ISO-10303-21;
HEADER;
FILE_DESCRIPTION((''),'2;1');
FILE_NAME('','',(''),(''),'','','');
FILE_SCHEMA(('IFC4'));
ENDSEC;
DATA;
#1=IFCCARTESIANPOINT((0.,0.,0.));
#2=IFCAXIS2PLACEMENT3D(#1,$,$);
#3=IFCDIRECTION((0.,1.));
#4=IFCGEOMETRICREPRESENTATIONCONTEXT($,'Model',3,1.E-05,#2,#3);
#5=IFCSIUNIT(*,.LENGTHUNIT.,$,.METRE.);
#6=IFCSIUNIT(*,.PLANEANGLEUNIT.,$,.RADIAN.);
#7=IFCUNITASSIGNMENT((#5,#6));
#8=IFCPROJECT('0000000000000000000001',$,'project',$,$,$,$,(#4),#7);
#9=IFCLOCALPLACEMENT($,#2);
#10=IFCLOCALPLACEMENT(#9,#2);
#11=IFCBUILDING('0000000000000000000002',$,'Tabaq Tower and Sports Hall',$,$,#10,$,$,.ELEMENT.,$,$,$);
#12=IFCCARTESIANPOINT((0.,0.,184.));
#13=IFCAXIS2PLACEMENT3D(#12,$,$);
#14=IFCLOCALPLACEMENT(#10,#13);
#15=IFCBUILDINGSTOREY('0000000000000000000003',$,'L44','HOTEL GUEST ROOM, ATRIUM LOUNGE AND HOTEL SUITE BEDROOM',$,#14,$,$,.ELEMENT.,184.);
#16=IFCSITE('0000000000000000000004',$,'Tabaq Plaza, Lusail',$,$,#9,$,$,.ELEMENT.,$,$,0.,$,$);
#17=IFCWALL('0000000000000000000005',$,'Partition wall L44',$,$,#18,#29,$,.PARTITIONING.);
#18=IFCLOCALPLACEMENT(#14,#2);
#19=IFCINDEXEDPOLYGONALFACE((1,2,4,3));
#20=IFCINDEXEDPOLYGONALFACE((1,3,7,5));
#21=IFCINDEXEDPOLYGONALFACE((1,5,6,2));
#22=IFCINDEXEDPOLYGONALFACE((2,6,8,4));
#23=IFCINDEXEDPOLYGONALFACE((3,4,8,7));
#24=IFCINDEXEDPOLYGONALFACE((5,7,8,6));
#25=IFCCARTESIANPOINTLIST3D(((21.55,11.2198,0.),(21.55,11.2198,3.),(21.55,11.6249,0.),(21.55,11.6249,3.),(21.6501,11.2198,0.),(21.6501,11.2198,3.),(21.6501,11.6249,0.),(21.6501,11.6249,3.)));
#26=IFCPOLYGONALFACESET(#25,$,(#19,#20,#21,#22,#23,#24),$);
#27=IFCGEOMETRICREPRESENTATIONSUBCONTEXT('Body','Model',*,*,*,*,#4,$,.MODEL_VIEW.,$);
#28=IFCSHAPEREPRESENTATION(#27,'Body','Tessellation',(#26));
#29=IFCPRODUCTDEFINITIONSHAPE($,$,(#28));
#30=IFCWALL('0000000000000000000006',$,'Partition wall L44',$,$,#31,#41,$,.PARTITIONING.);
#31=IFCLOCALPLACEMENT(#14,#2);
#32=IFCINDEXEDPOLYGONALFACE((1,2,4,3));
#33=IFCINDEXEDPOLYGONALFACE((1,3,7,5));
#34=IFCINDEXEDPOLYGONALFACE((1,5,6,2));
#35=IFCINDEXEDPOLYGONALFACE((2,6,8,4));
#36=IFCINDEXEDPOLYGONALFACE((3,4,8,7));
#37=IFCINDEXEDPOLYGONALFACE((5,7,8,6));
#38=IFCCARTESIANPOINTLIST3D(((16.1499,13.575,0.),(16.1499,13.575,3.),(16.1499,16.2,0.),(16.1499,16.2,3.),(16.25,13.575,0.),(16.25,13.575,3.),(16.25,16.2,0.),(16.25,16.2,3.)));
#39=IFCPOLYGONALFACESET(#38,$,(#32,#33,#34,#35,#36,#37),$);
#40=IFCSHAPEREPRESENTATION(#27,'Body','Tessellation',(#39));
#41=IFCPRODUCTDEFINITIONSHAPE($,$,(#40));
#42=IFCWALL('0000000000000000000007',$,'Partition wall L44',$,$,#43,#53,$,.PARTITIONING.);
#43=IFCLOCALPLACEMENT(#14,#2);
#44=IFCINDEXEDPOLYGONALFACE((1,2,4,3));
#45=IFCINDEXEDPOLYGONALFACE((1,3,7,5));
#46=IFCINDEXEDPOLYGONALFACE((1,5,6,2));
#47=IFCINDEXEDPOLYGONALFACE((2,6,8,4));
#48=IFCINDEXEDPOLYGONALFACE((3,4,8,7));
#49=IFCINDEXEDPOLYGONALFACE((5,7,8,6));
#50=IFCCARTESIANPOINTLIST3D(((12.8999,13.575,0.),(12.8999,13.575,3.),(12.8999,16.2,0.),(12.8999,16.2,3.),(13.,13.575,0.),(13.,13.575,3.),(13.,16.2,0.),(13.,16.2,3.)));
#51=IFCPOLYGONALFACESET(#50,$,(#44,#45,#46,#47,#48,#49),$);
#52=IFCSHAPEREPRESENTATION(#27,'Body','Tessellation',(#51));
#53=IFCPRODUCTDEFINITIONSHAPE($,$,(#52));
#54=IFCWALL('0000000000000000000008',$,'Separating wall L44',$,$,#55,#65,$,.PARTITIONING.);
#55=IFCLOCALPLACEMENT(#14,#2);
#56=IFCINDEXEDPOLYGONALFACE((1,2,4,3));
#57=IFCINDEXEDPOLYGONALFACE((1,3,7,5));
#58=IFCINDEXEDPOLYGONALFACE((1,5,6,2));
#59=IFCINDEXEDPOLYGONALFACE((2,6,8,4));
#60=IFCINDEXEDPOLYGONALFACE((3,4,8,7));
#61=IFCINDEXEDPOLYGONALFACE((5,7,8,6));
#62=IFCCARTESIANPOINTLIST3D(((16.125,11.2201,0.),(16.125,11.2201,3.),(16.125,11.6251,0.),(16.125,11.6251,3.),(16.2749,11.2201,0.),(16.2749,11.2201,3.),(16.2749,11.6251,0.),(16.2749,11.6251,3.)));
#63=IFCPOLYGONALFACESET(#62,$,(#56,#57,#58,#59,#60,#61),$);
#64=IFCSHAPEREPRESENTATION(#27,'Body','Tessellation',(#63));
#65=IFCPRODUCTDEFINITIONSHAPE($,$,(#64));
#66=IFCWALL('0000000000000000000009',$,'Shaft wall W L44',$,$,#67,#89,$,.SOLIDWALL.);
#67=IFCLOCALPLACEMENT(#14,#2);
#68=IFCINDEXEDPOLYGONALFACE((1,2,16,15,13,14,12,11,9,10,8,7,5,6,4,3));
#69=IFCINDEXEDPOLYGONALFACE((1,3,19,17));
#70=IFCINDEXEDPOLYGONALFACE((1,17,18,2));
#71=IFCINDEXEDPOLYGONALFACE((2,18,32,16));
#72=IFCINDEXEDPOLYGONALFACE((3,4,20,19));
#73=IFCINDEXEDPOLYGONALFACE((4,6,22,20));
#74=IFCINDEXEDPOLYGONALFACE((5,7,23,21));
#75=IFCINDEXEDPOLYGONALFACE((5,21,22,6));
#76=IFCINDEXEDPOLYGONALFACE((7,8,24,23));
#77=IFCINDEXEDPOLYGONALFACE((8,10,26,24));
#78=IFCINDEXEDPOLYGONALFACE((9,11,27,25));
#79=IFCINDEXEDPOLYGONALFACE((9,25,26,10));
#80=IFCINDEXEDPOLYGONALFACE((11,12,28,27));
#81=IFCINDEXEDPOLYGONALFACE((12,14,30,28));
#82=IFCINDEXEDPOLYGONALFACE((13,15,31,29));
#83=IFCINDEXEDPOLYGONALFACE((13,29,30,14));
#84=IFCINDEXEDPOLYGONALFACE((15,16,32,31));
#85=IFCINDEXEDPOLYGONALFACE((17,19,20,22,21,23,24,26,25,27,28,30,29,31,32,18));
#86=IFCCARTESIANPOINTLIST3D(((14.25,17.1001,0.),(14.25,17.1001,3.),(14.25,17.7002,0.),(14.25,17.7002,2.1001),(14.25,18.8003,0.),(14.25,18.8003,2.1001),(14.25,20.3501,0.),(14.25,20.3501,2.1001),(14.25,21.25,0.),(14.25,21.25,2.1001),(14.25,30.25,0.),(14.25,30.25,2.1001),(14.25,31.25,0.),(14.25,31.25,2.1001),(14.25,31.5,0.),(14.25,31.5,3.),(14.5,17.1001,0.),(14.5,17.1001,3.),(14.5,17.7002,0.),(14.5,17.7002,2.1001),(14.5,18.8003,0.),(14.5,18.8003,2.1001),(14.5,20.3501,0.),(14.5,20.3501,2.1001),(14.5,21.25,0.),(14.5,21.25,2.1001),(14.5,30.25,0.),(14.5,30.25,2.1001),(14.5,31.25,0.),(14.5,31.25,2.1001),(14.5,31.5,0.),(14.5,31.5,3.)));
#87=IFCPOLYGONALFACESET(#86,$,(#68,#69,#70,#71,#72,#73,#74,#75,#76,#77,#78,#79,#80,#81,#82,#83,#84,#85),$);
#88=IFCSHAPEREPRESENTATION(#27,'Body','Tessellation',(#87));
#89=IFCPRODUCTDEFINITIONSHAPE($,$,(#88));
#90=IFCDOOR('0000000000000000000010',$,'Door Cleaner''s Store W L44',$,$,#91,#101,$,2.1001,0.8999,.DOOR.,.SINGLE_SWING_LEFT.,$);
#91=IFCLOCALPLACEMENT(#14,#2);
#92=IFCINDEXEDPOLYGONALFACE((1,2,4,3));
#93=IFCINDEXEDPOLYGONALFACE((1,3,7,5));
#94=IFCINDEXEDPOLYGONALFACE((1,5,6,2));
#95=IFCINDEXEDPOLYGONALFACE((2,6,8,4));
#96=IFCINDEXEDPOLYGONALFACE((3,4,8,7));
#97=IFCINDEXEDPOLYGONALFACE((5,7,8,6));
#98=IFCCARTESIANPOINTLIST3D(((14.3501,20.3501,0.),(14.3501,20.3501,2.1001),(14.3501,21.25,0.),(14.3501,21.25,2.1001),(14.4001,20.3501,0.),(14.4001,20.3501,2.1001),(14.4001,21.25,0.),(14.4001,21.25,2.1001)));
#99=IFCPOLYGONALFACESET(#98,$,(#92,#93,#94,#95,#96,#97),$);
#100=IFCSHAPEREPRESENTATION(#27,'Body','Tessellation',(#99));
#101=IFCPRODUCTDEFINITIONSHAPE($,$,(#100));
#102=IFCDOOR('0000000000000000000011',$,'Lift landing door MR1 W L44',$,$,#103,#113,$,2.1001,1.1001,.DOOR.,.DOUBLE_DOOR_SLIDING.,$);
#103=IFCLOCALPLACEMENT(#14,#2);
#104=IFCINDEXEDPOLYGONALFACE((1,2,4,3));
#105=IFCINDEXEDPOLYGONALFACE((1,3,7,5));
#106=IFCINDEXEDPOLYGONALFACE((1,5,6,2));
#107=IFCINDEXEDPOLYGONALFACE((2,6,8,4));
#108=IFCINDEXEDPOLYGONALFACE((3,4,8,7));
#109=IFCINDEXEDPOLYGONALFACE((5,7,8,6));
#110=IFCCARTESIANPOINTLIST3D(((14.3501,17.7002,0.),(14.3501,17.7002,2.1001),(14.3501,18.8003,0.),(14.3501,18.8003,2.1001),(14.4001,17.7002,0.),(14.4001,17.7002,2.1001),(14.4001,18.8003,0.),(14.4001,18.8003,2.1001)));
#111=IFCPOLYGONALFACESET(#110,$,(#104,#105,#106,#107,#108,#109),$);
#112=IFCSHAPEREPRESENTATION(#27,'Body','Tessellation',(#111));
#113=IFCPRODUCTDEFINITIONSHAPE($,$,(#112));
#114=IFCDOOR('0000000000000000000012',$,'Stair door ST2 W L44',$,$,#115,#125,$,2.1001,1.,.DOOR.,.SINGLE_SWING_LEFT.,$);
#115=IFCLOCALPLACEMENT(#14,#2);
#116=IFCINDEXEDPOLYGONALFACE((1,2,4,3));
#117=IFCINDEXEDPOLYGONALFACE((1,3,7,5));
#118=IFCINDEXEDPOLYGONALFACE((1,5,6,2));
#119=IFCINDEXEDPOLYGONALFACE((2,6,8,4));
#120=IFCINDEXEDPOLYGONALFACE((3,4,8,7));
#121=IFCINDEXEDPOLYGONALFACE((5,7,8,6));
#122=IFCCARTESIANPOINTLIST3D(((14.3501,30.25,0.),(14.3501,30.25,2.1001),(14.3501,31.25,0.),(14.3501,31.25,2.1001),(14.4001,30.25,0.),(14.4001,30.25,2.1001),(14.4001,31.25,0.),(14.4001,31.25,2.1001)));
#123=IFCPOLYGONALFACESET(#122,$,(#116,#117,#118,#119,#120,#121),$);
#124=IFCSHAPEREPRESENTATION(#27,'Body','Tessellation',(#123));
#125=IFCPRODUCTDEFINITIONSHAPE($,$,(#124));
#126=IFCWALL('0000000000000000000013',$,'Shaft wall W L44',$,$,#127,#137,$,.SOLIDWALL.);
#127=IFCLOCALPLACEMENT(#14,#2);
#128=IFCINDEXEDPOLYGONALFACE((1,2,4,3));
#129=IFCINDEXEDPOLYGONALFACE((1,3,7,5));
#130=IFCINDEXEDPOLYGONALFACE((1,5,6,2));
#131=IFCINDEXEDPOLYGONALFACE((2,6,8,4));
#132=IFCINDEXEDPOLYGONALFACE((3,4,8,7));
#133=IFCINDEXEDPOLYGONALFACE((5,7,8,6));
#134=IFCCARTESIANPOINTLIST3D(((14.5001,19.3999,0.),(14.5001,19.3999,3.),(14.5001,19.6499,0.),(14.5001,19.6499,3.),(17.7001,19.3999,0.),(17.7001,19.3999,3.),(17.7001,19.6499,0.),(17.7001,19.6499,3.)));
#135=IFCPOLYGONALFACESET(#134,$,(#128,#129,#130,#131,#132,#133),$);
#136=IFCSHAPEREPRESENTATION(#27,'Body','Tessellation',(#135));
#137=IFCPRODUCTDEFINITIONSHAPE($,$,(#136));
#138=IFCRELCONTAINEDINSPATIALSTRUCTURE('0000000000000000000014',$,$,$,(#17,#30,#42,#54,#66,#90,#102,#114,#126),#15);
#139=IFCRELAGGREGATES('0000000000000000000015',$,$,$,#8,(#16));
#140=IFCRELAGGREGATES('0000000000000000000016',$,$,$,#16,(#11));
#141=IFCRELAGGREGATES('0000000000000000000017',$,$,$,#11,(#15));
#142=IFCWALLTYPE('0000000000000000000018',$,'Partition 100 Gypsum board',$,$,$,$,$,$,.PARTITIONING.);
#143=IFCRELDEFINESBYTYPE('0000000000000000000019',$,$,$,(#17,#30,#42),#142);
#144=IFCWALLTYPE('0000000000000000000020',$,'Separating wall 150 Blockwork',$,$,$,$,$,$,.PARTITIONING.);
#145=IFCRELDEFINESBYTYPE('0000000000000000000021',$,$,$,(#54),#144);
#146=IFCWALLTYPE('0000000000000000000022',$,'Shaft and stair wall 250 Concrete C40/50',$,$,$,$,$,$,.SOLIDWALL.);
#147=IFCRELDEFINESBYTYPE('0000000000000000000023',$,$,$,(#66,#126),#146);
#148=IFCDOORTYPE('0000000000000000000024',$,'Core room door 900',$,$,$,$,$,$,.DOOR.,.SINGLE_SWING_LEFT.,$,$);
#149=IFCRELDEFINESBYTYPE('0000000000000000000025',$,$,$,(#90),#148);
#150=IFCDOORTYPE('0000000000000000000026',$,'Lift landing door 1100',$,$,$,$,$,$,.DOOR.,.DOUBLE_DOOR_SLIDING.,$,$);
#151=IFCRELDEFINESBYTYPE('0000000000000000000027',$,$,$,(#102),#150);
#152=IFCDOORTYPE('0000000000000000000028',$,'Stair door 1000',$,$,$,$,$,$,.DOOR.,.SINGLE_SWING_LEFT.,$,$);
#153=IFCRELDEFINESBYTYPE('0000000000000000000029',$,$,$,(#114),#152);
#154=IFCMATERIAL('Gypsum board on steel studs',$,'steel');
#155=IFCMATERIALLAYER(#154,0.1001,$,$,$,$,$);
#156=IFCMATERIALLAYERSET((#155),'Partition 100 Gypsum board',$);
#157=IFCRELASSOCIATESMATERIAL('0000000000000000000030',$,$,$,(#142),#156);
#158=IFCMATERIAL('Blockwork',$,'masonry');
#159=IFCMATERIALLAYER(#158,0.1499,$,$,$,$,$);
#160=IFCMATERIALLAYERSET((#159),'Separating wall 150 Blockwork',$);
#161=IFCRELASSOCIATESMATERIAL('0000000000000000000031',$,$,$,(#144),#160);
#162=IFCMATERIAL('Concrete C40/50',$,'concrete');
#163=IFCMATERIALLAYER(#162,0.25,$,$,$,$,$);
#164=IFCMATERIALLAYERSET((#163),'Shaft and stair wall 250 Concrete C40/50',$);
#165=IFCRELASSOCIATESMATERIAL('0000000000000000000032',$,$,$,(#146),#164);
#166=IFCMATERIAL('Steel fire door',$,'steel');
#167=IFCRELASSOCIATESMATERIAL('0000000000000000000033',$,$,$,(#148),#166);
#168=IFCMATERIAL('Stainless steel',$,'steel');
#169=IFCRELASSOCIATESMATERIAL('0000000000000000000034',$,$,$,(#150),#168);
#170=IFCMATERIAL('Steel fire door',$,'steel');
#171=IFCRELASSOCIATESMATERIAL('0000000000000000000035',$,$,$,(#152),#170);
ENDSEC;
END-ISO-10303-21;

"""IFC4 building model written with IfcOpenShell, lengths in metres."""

from ifc_helpers import new_model, si_unit, direction, frame, frame_2d, origin, place, context, subcontext, project, spatial, rectangle, extrude, material, layer, layer_set, type_object, element, fill, save


model = new_model("IFC4")

# Units and contexts
model_context = context("Model", 3, precision=1e-05, world=origin(), true_north=direction((0.0, 1.0)))
body_context = subcontext(model_context, "Body", "Model", "MODEL_VIEW")
ifc_project = project(units=[si_unit("LENGTHUNIT", "METRE"), si_unit("PLANEANGLEUNIT", "RADIAN")], contexts=[model_context])

# Site, building, storey
site_placement = place(None, origin())
site = spatial("IfcSite", under=ifc_project, at=site_placement, Name="Tabaq Plaza, Lusail", CompositionType="ELEMENT", RefElevation=0.0)
building_placement = place(site_placement, origin())
building = spatial("IfcBuilding", under=site, at=building_placement, Name="Tabaq Tower and Sports Hall", CompositionType="ELEMENT")
storey_placement = place(building_placement, frame((0.0, 0.0, 184.0)))
storey = spatial("IfcBuildingStorey", under=building, at=storey_placement, Name="L44", Description="HOTEL GUEST ROOM, ATRIUM LOUNGE AND HOTEL SUITE BEDROOM", CompositionType="ELEMENT", Elevation=184.0)

# Walls
ifc_material_1 = material(Name="Gypsum board on steel studs", Category="steel")
ifc_layer_1 = layer(ifc_material_1, 0.1001)
ifc_layer_set_1 = layer_set([ifc_layer_1], Name="Partition 100 Gypsum board")
wall_type_1 = type_object("IfcWallType", Name="Partition 100 Gypsum board", PredefinedType="PARTITIONING", material=ifc_layer_set_1)
for number, where, z_axis, x_axis, name in (
    (1, (21.6001, 11.625, 0.0), (0.0, 0.0, 1.0), (0.0, -1.0, 0.0), "Partition wall L44"),
):
    element("IfcWall", number, at=place(storey_placement, frame(where, z_axis=z_axis, x_axis=x_axis)), inside=storey, type_object=wall_type_1, Name=name, PredefinedType="PARTITIONING", context=body_context, shape_type="SweptSolid", body=[
        extrude(rectangle(XDim=0.405, YDim=0.1001, at=frame_2d((0.2026, 0.0))), origin(), (0.0, 0.0, 1.0), 3.0),
    ])
for number, where, z_axis, x_axis, name in (
    (2, (16.2, 16.2, 0.0), (0.0, 0.0, 1.0), (0.0, -1.0, 0.0), "Partition wall L44"),
    (3, (12.95, 13.575, 0.0), (0.0, 0.0, 1.0), (0.0, 1.0, 0.0), "Partition wall L44"),
):
    element("IfcWall", number, at=place(storey_placement, frame(where, z_axis=z_axis, x_axis=x_axis)), inside=storey, type_object=wall_type_1, Name=name, PredefinedType="PARTITIONING", context=body_context, shape_type="SweptSolid", body=[
        extrude(rectangle(XDim=2.625, YDim=0.1001, at=frame_2d((1.3125, 0.0))), origin(), (0.0, 0.0, 1.0), 3.0),
    ])
ifc_material_2 = material(Name="Blockwork", Category="masonry")
ifc_layer_2 = layer(ifc_material_2, 0.1499)
ifc_layer_set_2 = layer_set([ifc_layer_2], Name="Separating wall 150 Blockwork")
wall_type_2 = type_object("IfcWallType", Name="Separating wall 150 Blockwork", PredefinedType="PARTITIONING", material=ifc_layer_set_2)
wall_1_placement = place(storey_placement, frame((16.2, 11.22, 0.0), z_axis=(0.0, 0.0, 1.0), x_axis=(0.0, 1.0, 0.0)))
element("IfcWall", 4, at=wall_1_placement, inside=storey, type_object=wall_type_2, Name="Separating wall L44", PredefinedType="PARTITIONING", context=body_context, shape_type="SweptSolid", body=[
    extrude(rectangle(XDim=0.405, YDim=0.1499, at=frame_2d((0.2026, 0.0))), origin(), (0.0, 0.0, 1.0), 3.0),
])

# Wall, openings, doors
ifc_material_3 = material(Name="Concrete C40/50", Category="concrete")
ifc_layer_3 = layer(ifc_material_3, 0.25)
ifc_layer_set_3 = layer_set([ifc_layer_3], Name="Shaft and stair wall 250 Concrete C40/50")
wall_type_3 = type_object("IfcWallType", Name="Shaft and stair wall 250 Concrete C40/50", PredefinedType="SOLIDWALL", material=ifc_layer_set_3)
wall_2_placement = place(storey_placement, frame((14.375, 17.1001, 0.0), z_axis=(0.0, 0.0, 1.0), x_axis=(0.0, 1.0, 0.0)))
wall_2 = element("IfcWall", 5, at=wall_2_placement, inside=storey, type_object=wall_type_3, Name="Shaft wall W L44", PredefinedType="SOLIDWALL", context=body_context, shape_type="SweptSolid", body=[
    extrude(rectangle(XDim=14.3999, YDim=0.25, at=frame_2d((7.2, 0.0))), origin(), (0.0, 0.0, 1.0), 3.0),
])
opening_1_placement = place(wall_2_placement, frame((13.1499, 0.0, 0.0)))
opening_1 = element("IfcOpeningElement", 6, at=opening_1_placement, cuts=wall_2, PredefinedType="OPENING", context=body_context, shape_type="SweptSolid", body=[
    extrude(rectangle(XDim=1.0, YDim=2.1001, at=frame_2d((0.5, 1.05))), frame((0.0, 0.125, 0.0), z_axis=(0.0, -1.0, 0.0), x_axis=(1.0, 0.0, 0.0)), (0.0, 0.0, 1.0), 0.25),
])
opening_2_placement = place(wall_2_placement, frame((0.6001, 0.0, 0.0)))
opening_2 = element("IfcOpeningElement", 7, at=opening_2_placement, cuts=wall_2, PredefinedType="OPENING", context=body_context, shape_type="SweptSolid", body=[
    extrude(rectangle(XDim=1.1001, YDim=2.1001, at=frame_2d((0.55, 1.05))), frame((0.0, 0.125, 0.0), z_axis=(0.0, -1.0, 0.0), x_axis=(1.0, 0.0, 0.0)), (0.0, 0.0, 1.0), 0.25),
])
opening_3_placement = place(wall_2_placement, frame((3.25, 0.0, 0.0)))
opening_3 = element("IfcOpeningElement", 8, at=opening_3_placement, cuts=wall_2, PredefinedType="OPENING", context=body_context, shape_type="SweptSolid", body=[
    extrude(rectangle(XDim=0.8999, YDim=2.1001, at=frame_2d((0.45, 1.05))), frame((0.0, 0.125, 0.0), z_axis=(0.0, -1.0, 0.0), x_axis=(1.0, 0.0, 0.0)), (0.0, 0.0, 1.0), 0.25),
])
ifc_material_4 = material(Name="Steel fire door", Category="steel")
door_type_1 = type_object("IfcDoorType", Name="Core room door 900", OperationType="SINGLE_SWING_LEFT", PredefinedType="DOOR", material=ifc_material_4)
door_1_placement = place(opening_3_placement, origin())
door_1 = element("IfcDoor", 9, at=door_1_placement, inside=storey, type_object=door_type_1, Name="Door Cleaner's Store W L44", OperationType="SINGLE_SWING_LEFT", OverallHeight=2.1001, OverallWidth=0.8999, PredefinedType="DOOR", context=body_context, shape_type="SweptSolid", body=[
    extrude(rectangle(XDim=0.8999, YDim=2.1001, at=frame_2d((0.45, 1.05))), frame((0.0, 0.0249, 0.0), z_axis=(0.0, -1.0, 0.0), x_axis=(1.0, 0.0, 0.0)), (0.0, 0.0, 1.0), 0.05),
])
fill(opening_3, door_1)
ifc_material_5 = material(Name="Stainless steel", Category="steel")
door_type_2 = type_object("IfcDoorType", Name="Lift landing door 1100", OperationType="DOUBLE_DOOR_SLIDING", PredefinedType="DOOR", material=ifc_material_5)
door_2_placement = place(opening_2_placement, origin())
door_2 = element("IfcDoor", 10, at=door_2_placement, inside=storey, type_object=door_type_2, Name="Lift landing door MR1 W L44", OperationType="DOUBLE_DOOR_SLIDING", OverallHeight=2.1001, OverallWidth=1.1001, PredefinedType="DOOR", context=body_context, shape_type="SweptSolid", body=[
    extrude(rectangle(XDim=1.1001, YDim=2.1001, at=frame_2d((0.55, 1.05))), frame((0.0, 0.0249, 0.0), z_axis=(0.0, -1.0, 0.0), x_axis=(1.0, 0.0, 0.0)), (0.0, 0.0, 1.0), 0.05),
])
fill(opening_2, door_2)
ifc_material_6 = material(Name="Steel fire door", Category="steel")
door_type_3 = type_object("IfcDoorType", Name="Stair door 1000", OperationType="SINGLE_SWING_LEFT", PredefinedType="DOOR", material=ifc_material_6)
door_3_placement = place(opening_1_placement, origin())
door_3 = element("IfcDoor", 11, at=door_3_placement, inside=storey, type_object=door_type_3, Name="Stair door ST2 W L44", OperationType="SINGLE_SWING_LEFT", OverallHeight=2.1001, OverallWidth=1.0, PredefinedType="DOOR", context=body_context, shape_type="SweptSolid", body=[
    extrude(rectangle(XDim=1.0, YDim=2.1001, at=frame_2d((0.5, 1.05))), frame((0.0, 0.0249, 0.0), z_axis=(0.0, -1.0, 0.0), x_axis=(1.0, 0.0, 0.0)), (0.0, 0.0, 1.0), 0.05),
])
fill(opening_1, door_3)

# Wall
wall_3_placement = place(storey_placement, frame((14.5, 19.5249, 0.0), z_axis=(0.0, 0.0, 1.0), x_axis=(1.0, 0.0, 0.0)))
element("IfcWall", 12, at=wall_3_placement, inside=storey, type_object=wall_type_3, Name="Shaft wall W L44", PredefinedType="SOLIDWALL", context=body_context, shape_type="SweptSolid", body=[
    extrude(rectangle(XDim=3.2, YDim=0.25, at=frame_2d((1.6001, 0.0))), origin(), (0.0, 0.0, 1.0), 3.0),
])

save(model, "model.ifc")
